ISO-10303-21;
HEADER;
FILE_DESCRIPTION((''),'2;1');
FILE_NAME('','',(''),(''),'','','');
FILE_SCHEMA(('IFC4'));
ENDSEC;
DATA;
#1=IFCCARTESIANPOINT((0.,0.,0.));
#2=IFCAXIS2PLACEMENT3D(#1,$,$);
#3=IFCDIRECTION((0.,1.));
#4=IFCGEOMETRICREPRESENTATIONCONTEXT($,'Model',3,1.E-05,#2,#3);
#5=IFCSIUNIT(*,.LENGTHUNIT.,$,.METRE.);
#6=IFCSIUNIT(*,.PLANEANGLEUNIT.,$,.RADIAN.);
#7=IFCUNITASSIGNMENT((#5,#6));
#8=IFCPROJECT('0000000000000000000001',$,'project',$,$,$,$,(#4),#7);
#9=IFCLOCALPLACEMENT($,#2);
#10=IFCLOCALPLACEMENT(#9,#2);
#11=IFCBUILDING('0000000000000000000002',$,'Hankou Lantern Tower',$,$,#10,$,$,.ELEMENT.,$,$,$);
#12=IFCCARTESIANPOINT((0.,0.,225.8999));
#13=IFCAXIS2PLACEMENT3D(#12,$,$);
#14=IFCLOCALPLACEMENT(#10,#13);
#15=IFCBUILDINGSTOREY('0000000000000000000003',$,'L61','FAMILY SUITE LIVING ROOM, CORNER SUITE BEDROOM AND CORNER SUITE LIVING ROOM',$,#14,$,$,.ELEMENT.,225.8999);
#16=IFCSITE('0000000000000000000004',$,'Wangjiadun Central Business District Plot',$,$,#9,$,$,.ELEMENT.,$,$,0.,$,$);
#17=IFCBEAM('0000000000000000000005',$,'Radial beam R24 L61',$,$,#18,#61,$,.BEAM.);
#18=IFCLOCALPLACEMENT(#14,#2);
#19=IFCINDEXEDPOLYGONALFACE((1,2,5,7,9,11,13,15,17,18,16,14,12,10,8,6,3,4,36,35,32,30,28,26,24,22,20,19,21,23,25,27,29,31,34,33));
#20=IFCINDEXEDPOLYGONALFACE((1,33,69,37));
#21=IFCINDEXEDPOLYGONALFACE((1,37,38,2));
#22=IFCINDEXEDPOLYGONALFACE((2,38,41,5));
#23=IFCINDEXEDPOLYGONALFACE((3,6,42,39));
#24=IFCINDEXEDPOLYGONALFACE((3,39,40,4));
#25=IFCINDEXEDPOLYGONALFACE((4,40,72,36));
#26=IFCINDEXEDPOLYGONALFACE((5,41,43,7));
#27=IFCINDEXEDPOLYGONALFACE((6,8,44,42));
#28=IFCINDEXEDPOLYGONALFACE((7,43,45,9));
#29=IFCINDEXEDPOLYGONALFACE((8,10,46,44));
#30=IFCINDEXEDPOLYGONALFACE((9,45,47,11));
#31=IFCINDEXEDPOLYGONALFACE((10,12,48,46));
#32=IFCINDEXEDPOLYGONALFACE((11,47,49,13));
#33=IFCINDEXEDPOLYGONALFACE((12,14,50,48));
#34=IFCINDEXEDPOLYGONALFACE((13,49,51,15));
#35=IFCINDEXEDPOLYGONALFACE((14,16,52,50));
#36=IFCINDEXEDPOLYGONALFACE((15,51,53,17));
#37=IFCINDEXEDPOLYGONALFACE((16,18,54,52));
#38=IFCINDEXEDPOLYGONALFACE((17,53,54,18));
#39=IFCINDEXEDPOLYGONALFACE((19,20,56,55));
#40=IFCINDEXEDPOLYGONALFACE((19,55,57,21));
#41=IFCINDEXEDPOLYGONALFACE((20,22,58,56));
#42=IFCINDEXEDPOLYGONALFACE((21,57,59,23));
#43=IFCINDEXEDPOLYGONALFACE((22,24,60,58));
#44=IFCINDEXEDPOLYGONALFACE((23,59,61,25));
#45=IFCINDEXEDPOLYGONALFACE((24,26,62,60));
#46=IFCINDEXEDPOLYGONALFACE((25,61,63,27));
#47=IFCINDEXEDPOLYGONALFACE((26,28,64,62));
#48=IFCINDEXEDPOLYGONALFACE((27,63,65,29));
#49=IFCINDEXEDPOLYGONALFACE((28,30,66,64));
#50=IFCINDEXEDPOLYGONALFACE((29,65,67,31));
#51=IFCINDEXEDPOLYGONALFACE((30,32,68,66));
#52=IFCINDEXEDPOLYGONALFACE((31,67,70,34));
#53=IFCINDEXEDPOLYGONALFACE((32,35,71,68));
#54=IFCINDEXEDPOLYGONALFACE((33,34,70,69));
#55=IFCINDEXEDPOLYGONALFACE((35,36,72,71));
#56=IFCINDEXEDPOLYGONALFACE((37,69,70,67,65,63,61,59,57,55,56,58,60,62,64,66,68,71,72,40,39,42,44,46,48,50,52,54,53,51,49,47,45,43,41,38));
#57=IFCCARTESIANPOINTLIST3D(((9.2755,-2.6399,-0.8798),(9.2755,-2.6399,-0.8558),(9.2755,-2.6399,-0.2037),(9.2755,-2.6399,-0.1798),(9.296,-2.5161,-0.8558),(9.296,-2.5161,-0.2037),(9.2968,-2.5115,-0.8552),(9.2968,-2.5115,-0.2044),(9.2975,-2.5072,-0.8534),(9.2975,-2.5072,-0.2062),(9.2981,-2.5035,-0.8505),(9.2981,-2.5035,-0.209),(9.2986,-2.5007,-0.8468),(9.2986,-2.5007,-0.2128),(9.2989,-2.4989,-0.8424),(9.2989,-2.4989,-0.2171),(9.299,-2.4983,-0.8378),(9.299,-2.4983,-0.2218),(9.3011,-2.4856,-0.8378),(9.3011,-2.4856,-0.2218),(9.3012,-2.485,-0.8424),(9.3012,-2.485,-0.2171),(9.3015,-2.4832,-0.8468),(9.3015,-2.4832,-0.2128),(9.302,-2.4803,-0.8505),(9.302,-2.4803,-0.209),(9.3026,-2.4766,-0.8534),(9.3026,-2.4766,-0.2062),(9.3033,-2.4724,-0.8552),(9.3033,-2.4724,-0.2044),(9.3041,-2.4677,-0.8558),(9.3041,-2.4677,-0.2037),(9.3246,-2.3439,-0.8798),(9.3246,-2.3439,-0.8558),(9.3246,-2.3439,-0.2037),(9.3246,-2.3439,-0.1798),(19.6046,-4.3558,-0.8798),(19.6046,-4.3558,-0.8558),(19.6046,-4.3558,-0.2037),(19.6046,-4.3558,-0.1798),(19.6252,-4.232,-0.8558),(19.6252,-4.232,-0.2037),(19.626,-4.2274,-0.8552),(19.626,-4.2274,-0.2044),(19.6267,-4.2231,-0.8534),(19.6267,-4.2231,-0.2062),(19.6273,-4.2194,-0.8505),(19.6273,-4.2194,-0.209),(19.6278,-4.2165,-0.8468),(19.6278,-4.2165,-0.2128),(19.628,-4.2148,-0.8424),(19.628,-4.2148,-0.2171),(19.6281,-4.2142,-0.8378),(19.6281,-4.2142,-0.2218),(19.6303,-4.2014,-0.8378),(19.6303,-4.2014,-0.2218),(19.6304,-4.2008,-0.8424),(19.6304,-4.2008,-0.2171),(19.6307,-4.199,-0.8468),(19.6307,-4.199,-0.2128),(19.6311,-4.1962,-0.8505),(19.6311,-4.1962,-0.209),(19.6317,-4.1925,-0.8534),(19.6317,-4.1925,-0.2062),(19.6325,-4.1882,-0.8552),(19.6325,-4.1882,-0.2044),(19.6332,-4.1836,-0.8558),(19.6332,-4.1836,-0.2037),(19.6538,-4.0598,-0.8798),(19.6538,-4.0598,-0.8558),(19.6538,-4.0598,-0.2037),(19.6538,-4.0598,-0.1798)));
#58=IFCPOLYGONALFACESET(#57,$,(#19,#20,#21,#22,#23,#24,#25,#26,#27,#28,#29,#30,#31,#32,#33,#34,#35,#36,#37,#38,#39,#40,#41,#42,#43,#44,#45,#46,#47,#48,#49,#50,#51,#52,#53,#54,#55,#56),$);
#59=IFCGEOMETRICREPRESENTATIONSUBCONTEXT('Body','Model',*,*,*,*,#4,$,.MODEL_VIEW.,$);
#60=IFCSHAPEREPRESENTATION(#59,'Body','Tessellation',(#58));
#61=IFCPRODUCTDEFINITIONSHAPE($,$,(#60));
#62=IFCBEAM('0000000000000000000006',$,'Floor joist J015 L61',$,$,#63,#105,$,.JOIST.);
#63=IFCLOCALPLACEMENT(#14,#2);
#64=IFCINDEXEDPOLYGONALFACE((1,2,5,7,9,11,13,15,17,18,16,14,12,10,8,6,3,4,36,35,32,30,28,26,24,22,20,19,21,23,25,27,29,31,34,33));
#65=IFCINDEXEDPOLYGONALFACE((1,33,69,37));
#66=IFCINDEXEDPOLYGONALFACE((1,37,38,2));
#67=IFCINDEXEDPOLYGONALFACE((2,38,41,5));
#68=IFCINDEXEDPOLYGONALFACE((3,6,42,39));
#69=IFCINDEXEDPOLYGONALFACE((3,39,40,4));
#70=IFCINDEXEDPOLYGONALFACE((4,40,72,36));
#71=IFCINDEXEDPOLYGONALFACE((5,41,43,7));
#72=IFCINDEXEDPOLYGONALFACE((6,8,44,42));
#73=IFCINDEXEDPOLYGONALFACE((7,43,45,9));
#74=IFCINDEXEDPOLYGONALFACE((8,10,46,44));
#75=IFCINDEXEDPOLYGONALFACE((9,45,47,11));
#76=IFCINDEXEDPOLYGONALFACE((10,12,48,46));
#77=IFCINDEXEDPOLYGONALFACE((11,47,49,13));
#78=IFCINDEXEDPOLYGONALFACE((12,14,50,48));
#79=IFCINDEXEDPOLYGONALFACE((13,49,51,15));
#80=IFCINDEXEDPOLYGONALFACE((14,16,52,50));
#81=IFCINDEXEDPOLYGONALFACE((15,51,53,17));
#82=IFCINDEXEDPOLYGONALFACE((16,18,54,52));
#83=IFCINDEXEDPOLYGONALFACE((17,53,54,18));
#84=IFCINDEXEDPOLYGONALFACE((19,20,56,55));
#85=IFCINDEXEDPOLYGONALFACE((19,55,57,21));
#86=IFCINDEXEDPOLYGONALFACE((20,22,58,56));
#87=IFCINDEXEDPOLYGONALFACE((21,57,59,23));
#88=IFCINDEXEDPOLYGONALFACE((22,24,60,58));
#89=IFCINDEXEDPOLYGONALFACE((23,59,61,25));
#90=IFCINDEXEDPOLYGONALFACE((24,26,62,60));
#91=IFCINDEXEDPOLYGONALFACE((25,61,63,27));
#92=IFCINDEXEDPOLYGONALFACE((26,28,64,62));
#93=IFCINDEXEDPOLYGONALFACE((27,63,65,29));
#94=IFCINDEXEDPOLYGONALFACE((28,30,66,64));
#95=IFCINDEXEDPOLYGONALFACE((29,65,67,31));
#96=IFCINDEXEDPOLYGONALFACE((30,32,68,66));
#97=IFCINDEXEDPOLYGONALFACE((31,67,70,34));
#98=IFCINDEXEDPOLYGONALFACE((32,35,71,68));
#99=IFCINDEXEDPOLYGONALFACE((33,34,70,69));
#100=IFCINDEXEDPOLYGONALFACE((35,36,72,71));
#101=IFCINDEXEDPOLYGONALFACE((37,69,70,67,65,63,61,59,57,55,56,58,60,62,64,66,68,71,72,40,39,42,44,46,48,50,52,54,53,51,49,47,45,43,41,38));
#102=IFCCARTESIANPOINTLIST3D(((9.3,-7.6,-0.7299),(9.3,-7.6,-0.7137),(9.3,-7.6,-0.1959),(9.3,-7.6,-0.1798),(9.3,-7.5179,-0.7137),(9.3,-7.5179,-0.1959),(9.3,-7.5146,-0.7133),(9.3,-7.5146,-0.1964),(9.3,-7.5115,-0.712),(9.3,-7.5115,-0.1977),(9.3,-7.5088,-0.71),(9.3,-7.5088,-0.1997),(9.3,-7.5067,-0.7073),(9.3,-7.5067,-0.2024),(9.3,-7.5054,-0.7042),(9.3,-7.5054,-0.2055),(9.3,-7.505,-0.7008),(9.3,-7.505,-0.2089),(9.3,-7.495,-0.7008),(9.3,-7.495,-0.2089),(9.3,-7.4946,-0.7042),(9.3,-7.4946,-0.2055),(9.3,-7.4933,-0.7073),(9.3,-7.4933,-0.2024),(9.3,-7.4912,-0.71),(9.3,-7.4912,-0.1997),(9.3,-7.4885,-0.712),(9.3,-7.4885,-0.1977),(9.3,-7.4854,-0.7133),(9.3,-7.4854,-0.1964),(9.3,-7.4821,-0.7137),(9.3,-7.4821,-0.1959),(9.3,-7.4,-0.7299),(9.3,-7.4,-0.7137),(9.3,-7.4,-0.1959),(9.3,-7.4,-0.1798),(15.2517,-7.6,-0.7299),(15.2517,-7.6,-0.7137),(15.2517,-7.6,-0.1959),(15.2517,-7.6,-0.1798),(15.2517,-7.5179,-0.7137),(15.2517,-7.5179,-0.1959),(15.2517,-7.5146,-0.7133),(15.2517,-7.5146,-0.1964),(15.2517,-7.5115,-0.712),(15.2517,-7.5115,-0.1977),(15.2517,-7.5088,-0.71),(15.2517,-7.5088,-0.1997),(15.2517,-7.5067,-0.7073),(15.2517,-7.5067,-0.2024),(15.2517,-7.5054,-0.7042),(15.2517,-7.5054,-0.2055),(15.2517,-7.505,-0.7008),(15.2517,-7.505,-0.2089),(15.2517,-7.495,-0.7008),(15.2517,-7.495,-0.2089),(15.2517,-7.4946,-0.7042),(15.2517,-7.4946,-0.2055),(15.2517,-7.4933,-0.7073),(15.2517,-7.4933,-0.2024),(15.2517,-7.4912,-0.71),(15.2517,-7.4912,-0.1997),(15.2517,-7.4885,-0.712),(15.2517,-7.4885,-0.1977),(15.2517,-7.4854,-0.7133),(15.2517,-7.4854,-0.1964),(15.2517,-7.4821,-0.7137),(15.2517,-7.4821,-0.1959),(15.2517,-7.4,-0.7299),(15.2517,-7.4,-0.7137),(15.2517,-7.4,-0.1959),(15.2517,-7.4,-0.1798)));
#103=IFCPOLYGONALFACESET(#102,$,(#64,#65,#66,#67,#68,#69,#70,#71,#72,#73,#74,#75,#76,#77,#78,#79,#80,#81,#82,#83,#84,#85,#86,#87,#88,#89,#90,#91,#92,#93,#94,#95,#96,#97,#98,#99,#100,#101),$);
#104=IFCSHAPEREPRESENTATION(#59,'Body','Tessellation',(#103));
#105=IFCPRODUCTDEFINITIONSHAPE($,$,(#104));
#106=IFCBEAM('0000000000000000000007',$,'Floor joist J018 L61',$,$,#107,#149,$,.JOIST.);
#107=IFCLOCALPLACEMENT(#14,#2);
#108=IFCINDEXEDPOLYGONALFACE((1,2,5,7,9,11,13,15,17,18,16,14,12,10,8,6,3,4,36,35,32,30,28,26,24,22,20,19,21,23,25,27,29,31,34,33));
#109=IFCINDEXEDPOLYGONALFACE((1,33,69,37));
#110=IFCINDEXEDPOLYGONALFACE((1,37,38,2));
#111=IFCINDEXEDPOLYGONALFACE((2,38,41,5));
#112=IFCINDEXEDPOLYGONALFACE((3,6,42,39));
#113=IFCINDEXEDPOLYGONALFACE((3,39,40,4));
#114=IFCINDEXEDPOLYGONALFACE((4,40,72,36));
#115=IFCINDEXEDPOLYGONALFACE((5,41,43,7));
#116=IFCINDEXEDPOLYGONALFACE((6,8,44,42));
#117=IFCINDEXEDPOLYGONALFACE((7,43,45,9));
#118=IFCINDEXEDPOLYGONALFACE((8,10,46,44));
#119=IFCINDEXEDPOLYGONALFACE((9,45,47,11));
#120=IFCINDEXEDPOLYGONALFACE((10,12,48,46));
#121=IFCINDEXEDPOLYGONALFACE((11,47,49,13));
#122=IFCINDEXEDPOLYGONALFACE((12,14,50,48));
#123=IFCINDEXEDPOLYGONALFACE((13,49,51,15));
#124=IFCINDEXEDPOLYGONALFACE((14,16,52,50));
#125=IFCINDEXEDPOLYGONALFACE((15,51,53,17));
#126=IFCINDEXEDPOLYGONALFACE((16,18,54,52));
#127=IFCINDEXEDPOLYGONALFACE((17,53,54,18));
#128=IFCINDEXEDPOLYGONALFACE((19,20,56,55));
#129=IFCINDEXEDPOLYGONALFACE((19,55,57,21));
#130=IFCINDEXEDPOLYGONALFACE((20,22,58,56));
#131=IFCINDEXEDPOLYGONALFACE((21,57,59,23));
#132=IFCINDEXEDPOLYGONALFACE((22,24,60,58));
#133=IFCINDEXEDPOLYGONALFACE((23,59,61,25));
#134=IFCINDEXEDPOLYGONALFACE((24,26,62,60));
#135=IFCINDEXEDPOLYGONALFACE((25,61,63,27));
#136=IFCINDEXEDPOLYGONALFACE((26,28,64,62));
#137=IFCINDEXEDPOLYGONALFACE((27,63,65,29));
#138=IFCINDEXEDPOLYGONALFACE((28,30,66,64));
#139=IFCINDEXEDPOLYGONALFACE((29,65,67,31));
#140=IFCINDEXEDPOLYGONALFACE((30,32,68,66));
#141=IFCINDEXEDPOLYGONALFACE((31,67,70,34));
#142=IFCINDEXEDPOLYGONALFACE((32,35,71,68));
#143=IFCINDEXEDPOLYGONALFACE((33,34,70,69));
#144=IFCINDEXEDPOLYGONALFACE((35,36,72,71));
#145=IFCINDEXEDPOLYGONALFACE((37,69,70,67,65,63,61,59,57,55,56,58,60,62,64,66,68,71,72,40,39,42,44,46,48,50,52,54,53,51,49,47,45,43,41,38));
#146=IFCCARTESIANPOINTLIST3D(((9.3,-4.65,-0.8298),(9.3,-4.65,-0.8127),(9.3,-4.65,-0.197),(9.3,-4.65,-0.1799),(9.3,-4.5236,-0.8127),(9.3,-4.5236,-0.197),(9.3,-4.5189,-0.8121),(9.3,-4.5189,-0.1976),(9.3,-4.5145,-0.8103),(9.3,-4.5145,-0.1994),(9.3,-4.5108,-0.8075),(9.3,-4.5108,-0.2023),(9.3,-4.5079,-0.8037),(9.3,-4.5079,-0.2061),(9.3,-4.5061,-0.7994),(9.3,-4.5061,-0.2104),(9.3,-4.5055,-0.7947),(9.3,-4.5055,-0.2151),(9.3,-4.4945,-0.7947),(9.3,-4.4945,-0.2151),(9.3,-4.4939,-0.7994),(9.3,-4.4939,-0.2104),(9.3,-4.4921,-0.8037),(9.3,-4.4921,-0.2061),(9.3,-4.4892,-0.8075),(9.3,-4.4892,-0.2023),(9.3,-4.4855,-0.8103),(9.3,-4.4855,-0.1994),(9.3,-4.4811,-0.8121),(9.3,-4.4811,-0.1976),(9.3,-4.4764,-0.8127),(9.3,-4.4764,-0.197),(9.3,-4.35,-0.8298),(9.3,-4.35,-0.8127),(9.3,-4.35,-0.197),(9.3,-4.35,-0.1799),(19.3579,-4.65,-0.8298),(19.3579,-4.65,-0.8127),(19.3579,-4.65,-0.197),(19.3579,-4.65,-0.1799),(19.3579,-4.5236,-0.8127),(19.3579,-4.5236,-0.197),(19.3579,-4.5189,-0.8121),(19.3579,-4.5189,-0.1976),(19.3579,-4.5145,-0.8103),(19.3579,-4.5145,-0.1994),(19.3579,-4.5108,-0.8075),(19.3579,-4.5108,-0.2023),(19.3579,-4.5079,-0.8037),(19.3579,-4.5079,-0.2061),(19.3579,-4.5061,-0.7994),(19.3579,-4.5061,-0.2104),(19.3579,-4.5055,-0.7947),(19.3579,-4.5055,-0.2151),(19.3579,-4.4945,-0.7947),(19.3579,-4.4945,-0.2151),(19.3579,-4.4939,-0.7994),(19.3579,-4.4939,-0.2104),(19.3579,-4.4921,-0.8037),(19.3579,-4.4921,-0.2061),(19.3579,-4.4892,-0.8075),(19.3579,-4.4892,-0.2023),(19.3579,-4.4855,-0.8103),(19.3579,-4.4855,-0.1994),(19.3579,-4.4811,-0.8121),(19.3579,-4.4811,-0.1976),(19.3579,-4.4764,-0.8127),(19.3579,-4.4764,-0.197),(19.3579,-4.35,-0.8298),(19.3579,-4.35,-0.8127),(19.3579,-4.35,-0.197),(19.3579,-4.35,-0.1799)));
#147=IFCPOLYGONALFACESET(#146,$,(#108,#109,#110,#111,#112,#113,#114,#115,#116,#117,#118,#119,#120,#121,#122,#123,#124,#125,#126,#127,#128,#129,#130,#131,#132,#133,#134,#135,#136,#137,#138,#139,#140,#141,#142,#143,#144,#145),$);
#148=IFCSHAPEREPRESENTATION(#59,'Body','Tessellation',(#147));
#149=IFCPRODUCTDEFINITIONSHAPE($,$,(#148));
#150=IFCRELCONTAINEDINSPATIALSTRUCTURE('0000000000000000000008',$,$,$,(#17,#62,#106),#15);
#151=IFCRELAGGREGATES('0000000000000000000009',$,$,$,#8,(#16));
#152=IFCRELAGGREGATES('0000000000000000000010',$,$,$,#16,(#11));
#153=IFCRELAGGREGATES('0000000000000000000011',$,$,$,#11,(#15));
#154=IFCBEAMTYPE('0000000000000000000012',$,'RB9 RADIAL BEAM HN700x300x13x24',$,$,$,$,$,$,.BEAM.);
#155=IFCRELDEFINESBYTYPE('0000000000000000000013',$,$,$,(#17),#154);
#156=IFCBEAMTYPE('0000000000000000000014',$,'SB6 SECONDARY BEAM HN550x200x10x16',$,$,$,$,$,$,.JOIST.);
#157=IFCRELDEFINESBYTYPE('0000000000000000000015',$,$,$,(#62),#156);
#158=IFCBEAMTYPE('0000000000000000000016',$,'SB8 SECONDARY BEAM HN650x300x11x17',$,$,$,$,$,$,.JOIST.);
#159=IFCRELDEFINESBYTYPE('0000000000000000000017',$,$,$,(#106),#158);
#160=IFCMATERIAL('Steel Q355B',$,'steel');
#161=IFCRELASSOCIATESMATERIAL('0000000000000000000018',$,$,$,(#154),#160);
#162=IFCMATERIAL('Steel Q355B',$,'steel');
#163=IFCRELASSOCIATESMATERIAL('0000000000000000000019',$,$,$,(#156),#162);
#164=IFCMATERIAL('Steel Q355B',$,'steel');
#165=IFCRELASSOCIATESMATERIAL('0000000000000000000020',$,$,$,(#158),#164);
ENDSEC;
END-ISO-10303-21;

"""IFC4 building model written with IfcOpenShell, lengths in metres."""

from ifc_helpers import new_model, si_unit, direction, frame, origin, origin_2d, place, context, subcontext, project, spatial, i_section, extrude, material, material_profile, profile_set, type_object, element, save


model = new_model("IFC4")

# Units and contexts
model_context = context("Model", 3, precision=1e-05, world=origin(), true_north=direction((0.0, 1.0)))
body_context = subcontext(model_context, "Body", "Model", "MODEL_VIEW")
ifc_project = project(units=[si_unit("LENGTHUNIT", "METRE"), si_unit("PLANEANGLEUNIT", "RADIAN")], contexts=[model_context])

# Site, building, storey
site_placement = place(None, origin())
site = spatial("IfcSite", under=ifc_project, at=site_placement, Name="Wangjiadun Central Business District Plot", CompositionType="ELEMENT", RefElevation=0.0)
building_placement = place(site_placement, origin())
building = spatial("IfcBuilding", under=site, at=building_placement, Name="Hankou Lantern Tower", CompositionType="ELEMENT")
storey_placement = place(building_placement, frame((0.0, 0.0, 225.8999)))
storey = spatial("IfcBuildingStorey", under=building, at=storey_placement, Name="L61", Description="FAMILY SUITE LIVING ROOM, CORNER SUITE BEDROOM AND CORNER SUITE LIVING ROOM", CompositionType="ELEMENT", Elevation=225.8999)

# Beams
ifc_material_1 = material(Name="Steel Q355B", Category="steel")
ifc_material_profile_1 = material_profile(ifc_material_1, i_section(OverallWidth=0.3, OverallDepth=0.7, WebThickness=0.0129, FlangeThickness=0.0239, FilletRadius=0.0181, at=origin_2d()), Name="HN700x300x13x24")
ifc_profile_set_1 = profile_set([ifc_material_profile_1], Name="Steel Q355B")
beam_type_1 = type_object("IfcBeamType", Name="RB9 RADIAL BEAM HN700x300x13x24", PredefinedType="BEAM", material=ifc_profile_set_1)
beam_1_placement = place(storey_placement, frame((9.3, -2.4919, -0.5298), z_axis=(0.986482, -0.16387, 0.0), x_axis=(0.16387, 0.986482, 0.0)))
element("IfcBeam", 1, at=beam_1_placement, inside=storey, type_object=beam_type_1, Name="Radial beam R24 L61", PredefinedType="BEAM", context=body_context, shape_type="SweptSolid", body=[
    extrude(i_section(OverallWidth=0.3, OverallDepth=0.7, WebThickness=0.0129, FlangeThickness=0.0239, FilletRadius=0.0181, at=origin_2d()), origin(), (0.0, 0.0, 1.0), 10.4707),
])
ifc_material_2 = material(Name="Steel Q355B", Category="steel")
ifc_material_profile_2 = material_profile(ifc_material_2, i_section(OverallWidth=0.2, OverallDepth=0.55, WebThickness=0.01, FlangeThickness=0.0161, FilletRadius=0.0129, at=origin_2d()), Name="HN550x200x10x16")
ifc_profile_set_2 = profile_set([ifc_material_profile_2], Name="Steel Q355B")
beam_type_2 = type_object("IfcBeamType", Name="SB6 SECONDARY BEAM HN550x200x10x16", PredefinedType="JOIST", material=ifc_profile_set_2)
beam_2_placement = place(storey_placement, frame((9.3, -7.5, -0.4548), z_axis=(1.0, 0.0, 0.0), x_axis=(0.0, 1.0, 0.0)))
element("IfcBeam", 2, at=beam_2_placement, inside=storey, type_object=beam_type_2, Name="Floor joist J015 L61", PredefinedType="JOIST", context=body_context, shape_type="SweptSolid", body=[
    extrude(i_section(OverallWidth=0.2, OverallDepth=0.55, WebThickness=0.01, FlangeThickness=0.0161, FilletRadius=0.0129, at=origin_2d()), origin(), (0.0, 0.0, 1.0), 5.9517),
])
ifc_material_3 = material(Name="Steel Q355B", Category="steel")
ifc_material_profile_3 = material_profile(ifc_material_3, i_section(OverallWidth=0.3, OverallDepth=0.6499, WebThickness=0.011, FlangeThickness=0.0171, FilletRadius=0.0181, at=origin_2d()), Name="HN650x300x11x17")
ifc_profile_set_3 = profile_set([ifc_material_profile_3], Name="Steel Q355B")
beam_type_3 = type_object("IfcBeamType", Name="SB8 SECONDARY BEAM HN650x300x11x17", PredefinedType="JOIST", material=ifc_profile_set_3)
beam_3_placement = place(storey_placement, frame((9.3, -4.5, -0.5049), z_axis=(1.0, 0.0, 0.0), x_axis=(0.0, 1.0, 0.0)))
element("IfcBeam", 3, at=beam_3_placement, inside=storey, type_object=beam_type_3, Name="Floor joist J018 L61", PredefinedType="JOIST", context=body_context, shape_type="SweptSolid", body=[
    extrude(i_section(OverallWidth=0.3, OverallDepth=0.6499, WebThickness=0.011, FlangeThickness=0.0171, FilletRadius=0.0181, at=origin_2d()), origin(), (0.0, 0.0, 1.0), 10.0579),
])

save(model, "model.ifc")
